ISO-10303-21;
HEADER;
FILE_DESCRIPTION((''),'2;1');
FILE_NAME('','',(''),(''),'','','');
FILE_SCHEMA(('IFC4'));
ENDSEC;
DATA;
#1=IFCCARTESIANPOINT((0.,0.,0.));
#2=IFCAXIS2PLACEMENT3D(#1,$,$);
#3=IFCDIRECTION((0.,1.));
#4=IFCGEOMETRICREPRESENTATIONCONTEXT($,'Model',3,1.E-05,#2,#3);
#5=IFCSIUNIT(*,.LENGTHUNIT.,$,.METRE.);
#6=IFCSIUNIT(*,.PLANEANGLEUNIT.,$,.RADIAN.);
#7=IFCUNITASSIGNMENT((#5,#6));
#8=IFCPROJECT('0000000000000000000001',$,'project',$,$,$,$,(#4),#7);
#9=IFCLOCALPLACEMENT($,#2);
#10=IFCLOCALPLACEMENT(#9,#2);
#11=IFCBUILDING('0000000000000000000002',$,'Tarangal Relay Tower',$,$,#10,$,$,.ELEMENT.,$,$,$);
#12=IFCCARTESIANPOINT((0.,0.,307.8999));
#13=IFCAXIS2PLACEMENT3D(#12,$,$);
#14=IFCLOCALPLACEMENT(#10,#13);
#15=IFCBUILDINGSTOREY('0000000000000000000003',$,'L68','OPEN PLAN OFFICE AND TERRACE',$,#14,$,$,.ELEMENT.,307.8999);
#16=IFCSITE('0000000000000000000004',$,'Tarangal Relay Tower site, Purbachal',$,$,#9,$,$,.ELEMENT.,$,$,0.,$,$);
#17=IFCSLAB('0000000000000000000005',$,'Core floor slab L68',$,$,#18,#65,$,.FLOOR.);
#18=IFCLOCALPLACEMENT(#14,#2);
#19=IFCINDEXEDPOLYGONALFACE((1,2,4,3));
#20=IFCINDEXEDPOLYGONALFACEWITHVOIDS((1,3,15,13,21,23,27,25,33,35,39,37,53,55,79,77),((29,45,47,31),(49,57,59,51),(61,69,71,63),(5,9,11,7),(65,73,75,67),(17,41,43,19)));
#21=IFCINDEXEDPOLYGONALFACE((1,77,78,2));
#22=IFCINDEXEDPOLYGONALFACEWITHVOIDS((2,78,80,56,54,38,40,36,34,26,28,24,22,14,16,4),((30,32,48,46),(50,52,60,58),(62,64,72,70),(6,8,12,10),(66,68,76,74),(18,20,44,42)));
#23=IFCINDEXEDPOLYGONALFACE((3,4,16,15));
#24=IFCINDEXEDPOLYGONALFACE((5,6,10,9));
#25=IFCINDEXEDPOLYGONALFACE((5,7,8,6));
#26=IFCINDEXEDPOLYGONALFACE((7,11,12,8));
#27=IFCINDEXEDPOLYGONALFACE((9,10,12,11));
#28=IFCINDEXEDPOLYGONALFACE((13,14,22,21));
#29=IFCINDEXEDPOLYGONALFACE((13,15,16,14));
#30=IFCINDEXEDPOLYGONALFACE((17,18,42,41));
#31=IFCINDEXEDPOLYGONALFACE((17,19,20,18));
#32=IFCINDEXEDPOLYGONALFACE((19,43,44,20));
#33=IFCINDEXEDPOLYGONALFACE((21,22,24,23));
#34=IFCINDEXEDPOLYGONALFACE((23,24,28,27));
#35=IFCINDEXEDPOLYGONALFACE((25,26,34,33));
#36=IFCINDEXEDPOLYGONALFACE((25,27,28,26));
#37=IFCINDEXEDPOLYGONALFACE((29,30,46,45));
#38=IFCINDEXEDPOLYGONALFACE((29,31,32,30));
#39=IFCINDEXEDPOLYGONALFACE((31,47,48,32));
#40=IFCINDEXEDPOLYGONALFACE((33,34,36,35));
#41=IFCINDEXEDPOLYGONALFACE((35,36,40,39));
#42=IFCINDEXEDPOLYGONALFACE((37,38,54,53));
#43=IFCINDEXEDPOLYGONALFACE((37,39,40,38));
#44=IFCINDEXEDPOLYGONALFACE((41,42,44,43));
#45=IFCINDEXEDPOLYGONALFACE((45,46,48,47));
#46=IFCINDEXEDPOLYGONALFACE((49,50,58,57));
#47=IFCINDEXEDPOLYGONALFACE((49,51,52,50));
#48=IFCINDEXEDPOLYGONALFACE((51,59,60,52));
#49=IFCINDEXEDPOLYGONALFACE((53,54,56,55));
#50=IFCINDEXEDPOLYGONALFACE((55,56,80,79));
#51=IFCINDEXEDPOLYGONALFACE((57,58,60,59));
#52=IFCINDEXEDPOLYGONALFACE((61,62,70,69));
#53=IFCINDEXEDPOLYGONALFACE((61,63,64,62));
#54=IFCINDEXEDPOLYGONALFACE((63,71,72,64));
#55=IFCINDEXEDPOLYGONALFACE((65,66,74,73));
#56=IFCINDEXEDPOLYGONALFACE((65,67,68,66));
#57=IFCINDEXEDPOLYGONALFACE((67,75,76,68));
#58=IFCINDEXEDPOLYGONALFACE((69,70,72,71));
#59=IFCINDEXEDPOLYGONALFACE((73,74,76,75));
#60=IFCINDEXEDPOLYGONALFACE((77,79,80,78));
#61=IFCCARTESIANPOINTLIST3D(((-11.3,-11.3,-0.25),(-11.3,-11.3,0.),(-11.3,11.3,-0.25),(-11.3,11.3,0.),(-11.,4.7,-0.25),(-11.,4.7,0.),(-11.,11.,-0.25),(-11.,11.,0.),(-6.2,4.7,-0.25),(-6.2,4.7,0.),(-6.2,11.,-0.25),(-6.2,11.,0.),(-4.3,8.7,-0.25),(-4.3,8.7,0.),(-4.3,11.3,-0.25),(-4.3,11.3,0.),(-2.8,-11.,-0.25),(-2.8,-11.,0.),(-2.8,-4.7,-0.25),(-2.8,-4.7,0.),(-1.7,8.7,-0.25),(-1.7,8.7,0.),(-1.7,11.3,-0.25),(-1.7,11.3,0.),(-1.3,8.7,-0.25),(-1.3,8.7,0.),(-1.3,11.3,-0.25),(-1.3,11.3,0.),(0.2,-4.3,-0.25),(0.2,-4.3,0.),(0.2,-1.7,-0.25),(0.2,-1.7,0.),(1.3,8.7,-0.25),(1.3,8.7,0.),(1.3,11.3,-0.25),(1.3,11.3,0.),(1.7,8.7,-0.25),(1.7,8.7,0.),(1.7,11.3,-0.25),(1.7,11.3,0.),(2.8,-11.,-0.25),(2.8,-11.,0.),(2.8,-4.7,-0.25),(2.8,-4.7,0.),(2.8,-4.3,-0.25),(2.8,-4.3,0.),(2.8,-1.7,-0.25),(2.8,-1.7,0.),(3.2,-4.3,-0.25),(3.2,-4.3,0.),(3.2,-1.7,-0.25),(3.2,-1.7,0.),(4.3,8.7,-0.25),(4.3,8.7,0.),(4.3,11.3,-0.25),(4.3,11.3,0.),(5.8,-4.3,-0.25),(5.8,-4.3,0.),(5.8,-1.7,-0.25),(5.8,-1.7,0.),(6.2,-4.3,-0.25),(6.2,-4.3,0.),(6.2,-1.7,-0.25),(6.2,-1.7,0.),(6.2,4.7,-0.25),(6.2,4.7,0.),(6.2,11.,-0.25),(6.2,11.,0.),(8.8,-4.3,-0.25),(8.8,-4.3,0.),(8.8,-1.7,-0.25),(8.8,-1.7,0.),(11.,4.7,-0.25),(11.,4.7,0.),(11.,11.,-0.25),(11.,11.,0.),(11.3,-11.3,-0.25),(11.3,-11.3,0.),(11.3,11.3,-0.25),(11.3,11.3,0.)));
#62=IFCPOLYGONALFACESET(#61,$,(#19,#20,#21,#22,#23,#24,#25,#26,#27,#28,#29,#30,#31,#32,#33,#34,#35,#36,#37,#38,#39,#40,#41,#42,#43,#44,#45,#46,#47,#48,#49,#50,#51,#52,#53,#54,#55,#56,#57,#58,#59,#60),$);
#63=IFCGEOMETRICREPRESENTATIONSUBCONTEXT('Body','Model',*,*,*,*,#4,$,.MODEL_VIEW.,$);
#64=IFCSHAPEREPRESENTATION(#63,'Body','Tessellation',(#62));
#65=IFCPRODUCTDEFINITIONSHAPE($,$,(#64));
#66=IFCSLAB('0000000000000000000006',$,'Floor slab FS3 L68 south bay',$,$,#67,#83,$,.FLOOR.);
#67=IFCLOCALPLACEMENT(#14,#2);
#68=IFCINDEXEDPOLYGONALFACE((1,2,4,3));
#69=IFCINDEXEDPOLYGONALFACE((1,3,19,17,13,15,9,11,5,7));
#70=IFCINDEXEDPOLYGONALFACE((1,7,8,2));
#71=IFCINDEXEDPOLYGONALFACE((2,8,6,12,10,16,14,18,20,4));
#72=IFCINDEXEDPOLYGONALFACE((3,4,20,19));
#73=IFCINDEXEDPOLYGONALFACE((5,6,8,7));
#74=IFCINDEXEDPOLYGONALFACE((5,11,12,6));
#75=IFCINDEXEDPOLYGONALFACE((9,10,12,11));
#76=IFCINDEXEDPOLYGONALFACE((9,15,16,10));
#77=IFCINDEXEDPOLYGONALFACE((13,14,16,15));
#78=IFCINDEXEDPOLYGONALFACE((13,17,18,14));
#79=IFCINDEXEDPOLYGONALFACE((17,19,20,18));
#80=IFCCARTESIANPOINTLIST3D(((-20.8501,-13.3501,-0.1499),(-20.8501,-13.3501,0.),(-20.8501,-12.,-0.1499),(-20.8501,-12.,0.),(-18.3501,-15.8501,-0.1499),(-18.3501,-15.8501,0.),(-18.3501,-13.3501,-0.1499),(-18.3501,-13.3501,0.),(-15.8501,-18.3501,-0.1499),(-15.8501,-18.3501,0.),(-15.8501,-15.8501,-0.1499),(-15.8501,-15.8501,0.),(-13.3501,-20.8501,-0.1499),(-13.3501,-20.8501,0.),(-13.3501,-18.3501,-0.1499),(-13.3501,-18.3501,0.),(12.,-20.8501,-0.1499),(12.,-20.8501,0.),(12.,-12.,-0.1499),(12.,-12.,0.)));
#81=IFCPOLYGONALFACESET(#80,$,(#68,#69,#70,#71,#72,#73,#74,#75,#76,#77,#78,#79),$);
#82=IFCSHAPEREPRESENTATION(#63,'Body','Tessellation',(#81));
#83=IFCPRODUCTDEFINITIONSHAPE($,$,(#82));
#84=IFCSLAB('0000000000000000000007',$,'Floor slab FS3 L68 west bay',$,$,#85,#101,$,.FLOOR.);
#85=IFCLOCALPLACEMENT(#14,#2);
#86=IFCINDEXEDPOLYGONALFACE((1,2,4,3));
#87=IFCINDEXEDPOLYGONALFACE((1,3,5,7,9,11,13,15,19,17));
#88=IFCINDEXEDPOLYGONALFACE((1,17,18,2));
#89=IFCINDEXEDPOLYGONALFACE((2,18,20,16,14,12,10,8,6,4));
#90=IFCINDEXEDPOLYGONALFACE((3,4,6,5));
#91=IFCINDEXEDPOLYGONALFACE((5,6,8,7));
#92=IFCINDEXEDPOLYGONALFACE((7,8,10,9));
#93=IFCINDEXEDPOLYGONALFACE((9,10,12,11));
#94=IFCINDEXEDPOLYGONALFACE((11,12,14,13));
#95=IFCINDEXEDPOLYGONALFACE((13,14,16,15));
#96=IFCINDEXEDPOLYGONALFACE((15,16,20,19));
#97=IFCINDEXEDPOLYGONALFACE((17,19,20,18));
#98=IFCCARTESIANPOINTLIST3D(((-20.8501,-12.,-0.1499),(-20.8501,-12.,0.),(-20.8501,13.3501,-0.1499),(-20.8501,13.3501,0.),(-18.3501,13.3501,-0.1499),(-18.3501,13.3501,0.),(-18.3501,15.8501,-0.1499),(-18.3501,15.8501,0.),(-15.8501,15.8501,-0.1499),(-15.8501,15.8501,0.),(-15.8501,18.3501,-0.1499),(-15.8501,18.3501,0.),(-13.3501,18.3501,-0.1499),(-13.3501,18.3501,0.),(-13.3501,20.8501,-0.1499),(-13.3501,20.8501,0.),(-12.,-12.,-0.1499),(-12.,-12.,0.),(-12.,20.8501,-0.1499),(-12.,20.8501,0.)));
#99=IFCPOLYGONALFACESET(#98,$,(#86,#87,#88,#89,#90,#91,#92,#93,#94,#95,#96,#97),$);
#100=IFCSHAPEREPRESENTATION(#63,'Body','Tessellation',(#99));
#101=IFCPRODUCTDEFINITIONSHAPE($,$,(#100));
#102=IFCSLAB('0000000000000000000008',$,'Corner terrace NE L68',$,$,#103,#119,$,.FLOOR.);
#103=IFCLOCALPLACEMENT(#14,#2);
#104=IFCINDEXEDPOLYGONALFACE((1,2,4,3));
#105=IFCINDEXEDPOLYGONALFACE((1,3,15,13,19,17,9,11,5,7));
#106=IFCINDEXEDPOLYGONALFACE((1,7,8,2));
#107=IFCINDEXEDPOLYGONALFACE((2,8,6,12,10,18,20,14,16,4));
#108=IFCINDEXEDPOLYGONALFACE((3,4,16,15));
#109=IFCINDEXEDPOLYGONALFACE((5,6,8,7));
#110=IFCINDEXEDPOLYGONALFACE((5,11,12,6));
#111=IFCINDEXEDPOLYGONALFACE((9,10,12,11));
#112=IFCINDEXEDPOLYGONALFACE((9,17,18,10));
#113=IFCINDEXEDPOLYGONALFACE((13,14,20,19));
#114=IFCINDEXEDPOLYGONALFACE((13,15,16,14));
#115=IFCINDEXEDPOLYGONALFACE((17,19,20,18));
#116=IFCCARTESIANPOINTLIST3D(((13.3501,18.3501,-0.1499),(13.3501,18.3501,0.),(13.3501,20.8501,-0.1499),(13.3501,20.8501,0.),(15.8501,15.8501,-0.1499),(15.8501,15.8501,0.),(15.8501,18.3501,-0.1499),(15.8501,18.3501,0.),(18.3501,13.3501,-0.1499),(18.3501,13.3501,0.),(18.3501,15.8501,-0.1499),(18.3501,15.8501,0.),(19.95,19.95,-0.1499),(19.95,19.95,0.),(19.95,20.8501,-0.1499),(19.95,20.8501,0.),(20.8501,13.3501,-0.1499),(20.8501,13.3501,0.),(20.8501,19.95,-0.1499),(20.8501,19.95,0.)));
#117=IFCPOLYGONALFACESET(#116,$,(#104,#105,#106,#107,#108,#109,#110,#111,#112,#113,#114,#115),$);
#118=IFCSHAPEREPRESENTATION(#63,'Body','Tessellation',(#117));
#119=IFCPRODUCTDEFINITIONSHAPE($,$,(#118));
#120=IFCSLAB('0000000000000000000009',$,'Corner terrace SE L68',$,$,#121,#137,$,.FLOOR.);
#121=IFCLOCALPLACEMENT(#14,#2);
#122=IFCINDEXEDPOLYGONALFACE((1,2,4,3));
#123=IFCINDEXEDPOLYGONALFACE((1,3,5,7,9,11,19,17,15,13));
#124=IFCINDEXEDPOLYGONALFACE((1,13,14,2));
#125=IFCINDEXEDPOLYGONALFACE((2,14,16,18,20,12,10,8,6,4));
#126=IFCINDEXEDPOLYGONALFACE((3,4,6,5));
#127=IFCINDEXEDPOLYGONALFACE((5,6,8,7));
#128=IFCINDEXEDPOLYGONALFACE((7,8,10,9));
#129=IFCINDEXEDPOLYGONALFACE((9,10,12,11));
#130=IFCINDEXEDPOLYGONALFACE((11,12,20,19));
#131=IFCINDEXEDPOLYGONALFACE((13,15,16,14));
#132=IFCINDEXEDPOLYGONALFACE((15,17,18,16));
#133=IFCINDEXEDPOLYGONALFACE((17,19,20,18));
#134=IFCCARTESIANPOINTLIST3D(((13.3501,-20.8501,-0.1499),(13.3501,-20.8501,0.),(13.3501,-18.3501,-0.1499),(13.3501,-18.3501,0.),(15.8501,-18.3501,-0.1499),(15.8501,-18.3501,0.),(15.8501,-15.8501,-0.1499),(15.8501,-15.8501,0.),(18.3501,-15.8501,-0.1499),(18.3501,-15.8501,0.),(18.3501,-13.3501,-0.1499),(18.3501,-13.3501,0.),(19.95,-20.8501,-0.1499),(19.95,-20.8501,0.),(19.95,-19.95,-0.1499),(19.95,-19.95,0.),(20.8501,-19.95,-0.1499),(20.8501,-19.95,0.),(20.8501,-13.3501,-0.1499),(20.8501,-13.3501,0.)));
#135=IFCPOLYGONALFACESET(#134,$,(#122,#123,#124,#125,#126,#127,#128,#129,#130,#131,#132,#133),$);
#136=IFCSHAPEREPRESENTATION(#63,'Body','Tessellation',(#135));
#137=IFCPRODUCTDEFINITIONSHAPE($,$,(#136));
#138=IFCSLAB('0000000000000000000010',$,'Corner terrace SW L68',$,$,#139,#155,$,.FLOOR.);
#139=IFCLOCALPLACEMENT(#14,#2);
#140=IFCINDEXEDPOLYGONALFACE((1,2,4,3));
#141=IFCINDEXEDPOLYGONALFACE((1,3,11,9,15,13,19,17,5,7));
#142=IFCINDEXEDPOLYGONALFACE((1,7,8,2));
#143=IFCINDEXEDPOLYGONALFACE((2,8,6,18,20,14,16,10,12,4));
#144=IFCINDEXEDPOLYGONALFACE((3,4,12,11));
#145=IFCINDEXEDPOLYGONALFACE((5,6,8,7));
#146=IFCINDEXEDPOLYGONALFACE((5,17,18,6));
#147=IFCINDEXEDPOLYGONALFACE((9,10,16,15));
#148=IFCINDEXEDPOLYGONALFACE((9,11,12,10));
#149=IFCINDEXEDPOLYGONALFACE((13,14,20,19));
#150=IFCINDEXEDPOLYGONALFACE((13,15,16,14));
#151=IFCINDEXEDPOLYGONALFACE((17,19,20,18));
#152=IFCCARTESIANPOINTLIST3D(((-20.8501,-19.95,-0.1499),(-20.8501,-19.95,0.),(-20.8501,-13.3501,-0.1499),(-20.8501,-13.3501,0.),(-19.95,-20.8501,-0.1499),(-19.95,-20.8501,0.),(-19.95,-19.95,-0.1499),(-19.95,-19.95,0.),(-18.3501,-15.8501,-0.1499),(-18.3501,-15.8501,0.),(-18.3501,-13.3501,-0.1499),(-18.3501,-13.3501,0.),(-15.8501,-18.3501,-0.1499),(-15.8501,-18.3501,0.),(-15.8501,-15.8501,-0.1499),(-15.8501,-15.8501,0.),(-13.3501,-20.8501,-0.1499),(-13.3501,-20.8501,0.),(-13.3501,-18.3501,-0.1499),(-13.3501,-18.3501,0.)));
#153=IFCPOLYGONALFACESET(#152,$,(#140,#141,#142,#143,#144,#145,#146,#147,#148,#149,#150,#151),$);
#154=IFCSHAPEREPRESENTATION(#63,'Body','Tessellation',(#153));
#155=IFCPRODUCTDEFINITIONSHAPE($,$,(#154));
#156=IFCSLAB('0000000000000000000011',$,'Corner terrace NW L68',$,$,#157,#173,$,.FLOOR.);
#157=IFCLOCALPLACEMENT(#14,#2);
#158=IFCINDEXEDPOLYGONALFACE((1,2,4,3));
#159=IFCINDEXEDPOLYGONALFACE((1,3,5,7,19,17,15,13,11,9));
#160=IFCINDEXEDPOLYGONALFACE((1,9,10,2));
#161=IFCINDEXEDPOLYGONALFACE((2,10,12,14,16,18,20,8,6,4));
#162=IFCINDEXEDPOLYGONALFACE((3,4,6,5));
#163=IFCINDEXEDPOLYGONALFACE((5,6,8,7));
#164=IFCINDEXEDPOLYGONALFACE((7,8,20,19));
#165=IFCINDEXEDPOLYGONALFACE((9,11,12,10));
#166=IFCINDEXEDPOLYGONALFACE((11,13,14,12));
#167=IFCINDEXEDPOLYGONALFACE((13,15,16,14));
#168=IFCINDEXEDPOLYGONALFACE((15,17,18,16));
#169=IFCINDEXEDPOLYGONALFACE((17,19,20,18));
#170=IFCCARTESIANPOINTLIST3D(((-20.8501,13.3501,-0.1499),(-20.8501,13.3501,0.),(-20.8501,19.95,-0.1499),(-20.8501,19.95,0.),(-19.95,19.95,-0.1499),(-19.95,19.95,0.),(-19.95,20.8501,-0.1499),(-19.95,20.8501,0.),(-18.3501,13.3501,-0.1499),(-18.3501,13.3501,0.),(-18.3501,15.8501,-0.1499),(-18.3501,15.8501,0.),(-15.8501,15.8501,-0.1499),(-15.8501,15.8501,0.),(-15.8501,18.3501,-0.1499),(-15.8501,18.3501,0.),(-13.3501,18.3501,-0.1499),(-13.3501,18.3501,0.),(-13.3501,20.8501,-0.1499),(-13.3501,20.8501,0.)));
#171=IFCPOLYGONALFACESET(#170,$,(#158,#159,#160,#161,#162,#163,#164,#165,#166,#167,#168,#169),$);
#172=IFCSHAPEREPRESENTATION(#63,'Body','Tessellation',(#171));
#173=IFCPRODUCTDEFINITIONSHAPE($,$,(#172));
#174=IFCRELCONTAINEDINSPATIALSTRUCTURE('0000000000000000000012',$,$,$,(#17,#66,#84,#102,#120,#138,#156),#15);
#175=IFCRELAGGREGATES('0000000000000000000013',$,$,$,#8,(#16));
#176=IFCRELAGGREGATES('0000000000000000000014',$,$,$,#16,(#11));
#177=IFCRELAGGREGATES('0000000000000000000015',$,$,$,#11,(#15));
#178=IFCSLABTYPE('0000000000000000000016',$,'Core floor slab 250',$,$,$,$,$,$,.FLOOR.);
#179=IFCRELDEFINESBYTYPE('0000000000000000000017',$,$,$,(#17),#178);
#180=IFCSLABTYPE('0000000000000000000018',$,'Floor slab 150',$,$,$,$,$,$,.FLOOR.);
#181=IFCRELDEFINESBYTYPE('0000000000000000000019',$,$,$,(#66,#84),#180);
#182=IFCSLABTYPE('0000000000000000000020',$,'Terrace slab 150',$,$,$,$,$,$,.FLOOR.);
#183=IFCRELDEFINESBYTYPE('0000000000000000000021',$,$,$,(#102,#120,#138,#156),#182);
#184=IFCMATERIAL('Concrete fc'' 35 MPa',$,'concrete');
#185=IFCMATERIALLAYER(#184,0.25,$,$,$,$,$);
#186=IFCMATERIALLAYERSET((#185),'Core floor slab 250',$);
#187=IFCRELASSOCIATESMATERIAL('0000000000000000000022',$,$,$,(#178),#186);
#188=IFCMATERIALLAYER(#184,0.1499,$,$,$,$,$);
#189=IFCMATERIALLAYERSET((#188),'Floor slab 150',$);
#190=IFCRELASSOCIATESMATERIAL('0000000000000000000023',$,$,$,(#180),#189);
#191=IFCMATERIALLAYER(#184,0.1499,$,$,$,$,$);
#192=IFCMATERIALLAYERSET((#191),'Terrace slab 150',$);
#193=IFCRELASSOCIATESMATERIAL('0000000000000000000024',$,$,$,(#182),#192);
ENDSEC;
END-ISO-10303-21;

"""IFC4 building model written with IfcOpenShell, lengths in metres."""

from ifc_helpers import new_model, si_unit, direction, frame, origin, place, context, subcontext, project, spatial, polyline, outline, extrude, material, layer, layer_set, type_object, element, save


model = new_model("IFC4")

# Units and contexts
model_context = context("Model", 3, precision=1e-05, world=origin(), true_north=direction((0.0, 1.0)))
body_context = subcontext(model_context, "Body", "Model", "MODEL_VIEW")
ifc_project = project(units=[si_unit("LENGTHUNIT", "METRE"), si_unit("PLANEANGLEUNIT", "RADIAN")], contexts=[model_context])

# Site, building, storey
site_placement = place(None, origin())
site = spatial("IfcSite", under=ifc_project, at=site_placement, Name="Tarangal Relay Tower site, Purbachal", CompositionType="ELEMENT", RefElevation=0.0)
building_placement = place(site_placement, origin())
building = spatial("IfcBuilding", under=site, at=building_placement, Name="Tarangal Relay Tower", CompositionType="ELEMENT")
storey_placement = place(building_placement, frame((0.0, 0.0, 307.8999)))
storey = spatial("IfcBuildingStorey", under=building, at=storey_placement, Name="L68", Description="OPEN PLAN OFFICE AND TERRACE", CompositionType="ELEMENT", Elevation=307.8999)

# Slabs
ifc_material_1 = material(Name="Concrete fc' 35 MPa", Category="concrete")
ifc_layer_1 = layer(ifc_material_1, 0.25)
ifc_layer_set_1 = layer_set([ifc_layer_1], Name="Core floor slab 250")
slab_type_1 = type_object("IfcSlabType", Name="Core floor slab 250", PredefinedType="FLOOR", material=ifc_layer_set_1)
slab_1_placement = place(storey_placement, frame((0.0, 0.0, -0.25)))
element("IfcSlab", 1, at=slab_1_placement, inside=storey, type_object=slab_type_1, Name="Core floor slab L68", PredefinedType="FLOOR", context=body_context, shape_type="SweptSolid", body=[
    extrude(outline(polyline([(11.3, 11.3), (11.3, -11.3), (-11.3, -11.3), (-11.3, 11.3), (-4.3, 11.3), (-4.3, 8.7), (-1.7, 8.7), (-1.7, 11.3), (-1.3, 11.3), (-1.3, 8.7), (1.3, 8.7), (1.3, 11.3), (1.7, 11.3), (1.7, 8.7), (4.3, 8.7), (4.3, 11.3), (11.3, 11.3)]), holes=[polyline([(2.8, -4.7), (-2.8, -4.7), (-2.8, -11.0), (2.8, -11.0), (2.8, -4.7)]), polyline([(2.8, -1.7), (0.2, -1.7), (0.2, -4.3), (2.8, -4.3), (2.8, -1.7)]), polyline([(5.8, -1.7), (3.2, -1.7), (3.2, -4.3), (5.8, -4.3), (5.8, -1.7)]), polyline([(8.8, -1.7), (6.2, -1.7), (6.2, -4.3), (8.8, -4.3), (8.8, -1.7)]), polyline([(-6.2, 11.0), (-11.0, 11.0), (-11.0, 4.7), (-6.2, 4.7), (-6.2, 11.0)]), polyline([(11.0, 11.0), (6.2, 11.0), (6.2, 4.7), (11.0, 4.7), (11.0, 11.0)])]), origin(), (0.0, 0.0, 1.0), 0.25),
])
ifc_layer_2 = layer(ifc_material_1, 0.1499)
ifc_layer_set_2 = layer_set([ifc_layer_2], Name="Floor slab 150")
slab_type_2 = type_object("IfcSlabType", Name="Floor slab 150", PredefinedType="FLOOR", material=ifc_layer_set_2)
slab_2_placement = place(storey_placement, frame((0.0, 0.0, -0.1499)))
element("IfcSlab", 2, at=slab_2_placement, inside=storey, type_object=slab_type_2, Name="Floor slab FS3 L68 south bay", PredefinedType="FLOOR", context=body_context, shape_type="SweptSolid", body=[
    extrude(outline(polyline([(-13.3501, -20.8501), (-13.3501, -18.3501), (-15.8501, -18.3501), (-15.8501, -15.8501), (-18.3501, -15.8501), (-18.3501, -13.3501), (-20.8501, -13.3501), (-20.8501, -12.0), (12.0, -12.0), (12.0, -20.8501), (-13.3501, -20.8501)])), origin(), (0.0, 0.0, 1.0), 0.1499),
])
slab_3_placement = place(storey_placement, frame((0.0, 0.0, -0.1499)))
element("IfcSlab", 3, at=slab_3_placement, inside=storey, type_object=slab_type_2, Name="Floor slab FS3 L68 west bay", PredefinedType="FLOOR", context=body_context, shape_type="SweptSolid", body=[
    extrude(outline(polyline([(-12.0, 20.8501), (-12.0, -12.0), (-20.8501, -12.0), (-20.8501, 13.3501), (-18.3501, 13.3501), (-18.3501, 15.8501), (-15.8501, 15.8501), (-15.8501, 18.3501), (-13.3501, 18.3501), (-13.3501, 20.8501), (-12.0, 20.8501)])), origin(), (0.0, 0.0, 1.0), 0.1499),
])
ifc_layer_3 = layer(ifc_material_1, 0.1499)
ifc_layer_set_3 = layer_set([ifc_layer_3], Name="Terrace slab 150")
slab_type_3 = type_object("IfcSlabType", Name="Terrace slab 150", PredefinedType="FLOOR", material=ifc_layer_set_3)
slab_4_placement = place(storey_placement, frame((0.0, 0.0, -0.1499)))
element("IfcSlab", 4, at=slab_4_placement, inside=storey, type_object=slab_type_3, Name="Corner terrace NE L68", PredefinedType="FLOOR", context=body_context, shape_type="SweptSolid", body=[
    extrude(outline(polyline([(13.3501, 20.8501), (13.3501, 18.3501), (15.8501, 18.3501), (15.8501, 15.8501), (18.3501, 15.8501), (18.3501, 13.3501), (20.8501, 13.3501), (20.8501, 19.95), (19.95, 19.95), (19.95, 20.8501), (13.3501, 20.8501)])), origin(), (0.0, 0.0, 1.0), 0.1499),
])
slab_5_placement = place(storey_placement, frame((0.0, 0.0, -0.1499)))
element("IfcSlab", 5, at=slab_5_placement, inside=storey, type_object=slab_type_3, Name="Corner terrace SE L68", PredefinedType="FLOOR", context=body_context, shape_type="SweptSolid", body=[
    extrude(outline(polyline([(20.8501, -13.3501), (18.3501, -13.3501), (18.3501, -15.8501), (15.8501, -15.8501), (15.8501, -18.3501), (13.3501, -18.3501), (13.3501, -20.8501), (19.95, -20.8501), (19.95, -19.95), (20.8501, -19.95), (20.8501, -13.3501)])), origin(), (0.0, 0.0, 1.0), 0.1499),
])
slab_6_placement = place(storey_placement, frame((0.0, 0.0, -0.1499)))
element("IfcSlab", 6, at=slab_6_placement, inside=storey, type_object=slab_type_3, Name="Corner terrace SW L68", PredefinedType="FLOOR", context=body_context, shape_type="SweptSolid", body=[
    extrude(outline(polyline([(-13.3501, -20.8501), (-13.3501, -18.3501), (-15.8501, -18.3501), (-15.8501, -15.8501), (-18.3501, -15.8501), (-18.3501, -13.3501), (-20.8501, -13.3501), (-20.8501, -19.95), (-19.95, -19.95), (-19.95, -20.8501), (-13.3501, -20.8501)])), origin(), (0.0, 0.0, 1.0), 0.1499),
])
slab_7_placement = place(storey_placement, frame((0.0, 0.0, -0.1499)))
element("IfcSlab", 7, at=slab_7_placement, inside=storey, type_object=slab_type_3, Name="Corner terrace NW L68", PredefinedType="FLOOR", context=body_context, shape_type="SweptSolid", body=[
    extrude(outline(polyline([(-20.8501, 13.3501), (-18.3501, 13.3501), (-18.3501, 15.8501), (-15.8501, 15.8501), (-15.8501, 18.3501), (-13.3501, 18.3501), (-13.3501, 20.8501), (-19.95, 20.8501), (-19.95, 19.95), (-20.8501, 19.95), (-20.8501, 13.3501)])), origin(), (0.0, 0.0, 1.0), 0.1499),
])

save(model, "model.ifc")
